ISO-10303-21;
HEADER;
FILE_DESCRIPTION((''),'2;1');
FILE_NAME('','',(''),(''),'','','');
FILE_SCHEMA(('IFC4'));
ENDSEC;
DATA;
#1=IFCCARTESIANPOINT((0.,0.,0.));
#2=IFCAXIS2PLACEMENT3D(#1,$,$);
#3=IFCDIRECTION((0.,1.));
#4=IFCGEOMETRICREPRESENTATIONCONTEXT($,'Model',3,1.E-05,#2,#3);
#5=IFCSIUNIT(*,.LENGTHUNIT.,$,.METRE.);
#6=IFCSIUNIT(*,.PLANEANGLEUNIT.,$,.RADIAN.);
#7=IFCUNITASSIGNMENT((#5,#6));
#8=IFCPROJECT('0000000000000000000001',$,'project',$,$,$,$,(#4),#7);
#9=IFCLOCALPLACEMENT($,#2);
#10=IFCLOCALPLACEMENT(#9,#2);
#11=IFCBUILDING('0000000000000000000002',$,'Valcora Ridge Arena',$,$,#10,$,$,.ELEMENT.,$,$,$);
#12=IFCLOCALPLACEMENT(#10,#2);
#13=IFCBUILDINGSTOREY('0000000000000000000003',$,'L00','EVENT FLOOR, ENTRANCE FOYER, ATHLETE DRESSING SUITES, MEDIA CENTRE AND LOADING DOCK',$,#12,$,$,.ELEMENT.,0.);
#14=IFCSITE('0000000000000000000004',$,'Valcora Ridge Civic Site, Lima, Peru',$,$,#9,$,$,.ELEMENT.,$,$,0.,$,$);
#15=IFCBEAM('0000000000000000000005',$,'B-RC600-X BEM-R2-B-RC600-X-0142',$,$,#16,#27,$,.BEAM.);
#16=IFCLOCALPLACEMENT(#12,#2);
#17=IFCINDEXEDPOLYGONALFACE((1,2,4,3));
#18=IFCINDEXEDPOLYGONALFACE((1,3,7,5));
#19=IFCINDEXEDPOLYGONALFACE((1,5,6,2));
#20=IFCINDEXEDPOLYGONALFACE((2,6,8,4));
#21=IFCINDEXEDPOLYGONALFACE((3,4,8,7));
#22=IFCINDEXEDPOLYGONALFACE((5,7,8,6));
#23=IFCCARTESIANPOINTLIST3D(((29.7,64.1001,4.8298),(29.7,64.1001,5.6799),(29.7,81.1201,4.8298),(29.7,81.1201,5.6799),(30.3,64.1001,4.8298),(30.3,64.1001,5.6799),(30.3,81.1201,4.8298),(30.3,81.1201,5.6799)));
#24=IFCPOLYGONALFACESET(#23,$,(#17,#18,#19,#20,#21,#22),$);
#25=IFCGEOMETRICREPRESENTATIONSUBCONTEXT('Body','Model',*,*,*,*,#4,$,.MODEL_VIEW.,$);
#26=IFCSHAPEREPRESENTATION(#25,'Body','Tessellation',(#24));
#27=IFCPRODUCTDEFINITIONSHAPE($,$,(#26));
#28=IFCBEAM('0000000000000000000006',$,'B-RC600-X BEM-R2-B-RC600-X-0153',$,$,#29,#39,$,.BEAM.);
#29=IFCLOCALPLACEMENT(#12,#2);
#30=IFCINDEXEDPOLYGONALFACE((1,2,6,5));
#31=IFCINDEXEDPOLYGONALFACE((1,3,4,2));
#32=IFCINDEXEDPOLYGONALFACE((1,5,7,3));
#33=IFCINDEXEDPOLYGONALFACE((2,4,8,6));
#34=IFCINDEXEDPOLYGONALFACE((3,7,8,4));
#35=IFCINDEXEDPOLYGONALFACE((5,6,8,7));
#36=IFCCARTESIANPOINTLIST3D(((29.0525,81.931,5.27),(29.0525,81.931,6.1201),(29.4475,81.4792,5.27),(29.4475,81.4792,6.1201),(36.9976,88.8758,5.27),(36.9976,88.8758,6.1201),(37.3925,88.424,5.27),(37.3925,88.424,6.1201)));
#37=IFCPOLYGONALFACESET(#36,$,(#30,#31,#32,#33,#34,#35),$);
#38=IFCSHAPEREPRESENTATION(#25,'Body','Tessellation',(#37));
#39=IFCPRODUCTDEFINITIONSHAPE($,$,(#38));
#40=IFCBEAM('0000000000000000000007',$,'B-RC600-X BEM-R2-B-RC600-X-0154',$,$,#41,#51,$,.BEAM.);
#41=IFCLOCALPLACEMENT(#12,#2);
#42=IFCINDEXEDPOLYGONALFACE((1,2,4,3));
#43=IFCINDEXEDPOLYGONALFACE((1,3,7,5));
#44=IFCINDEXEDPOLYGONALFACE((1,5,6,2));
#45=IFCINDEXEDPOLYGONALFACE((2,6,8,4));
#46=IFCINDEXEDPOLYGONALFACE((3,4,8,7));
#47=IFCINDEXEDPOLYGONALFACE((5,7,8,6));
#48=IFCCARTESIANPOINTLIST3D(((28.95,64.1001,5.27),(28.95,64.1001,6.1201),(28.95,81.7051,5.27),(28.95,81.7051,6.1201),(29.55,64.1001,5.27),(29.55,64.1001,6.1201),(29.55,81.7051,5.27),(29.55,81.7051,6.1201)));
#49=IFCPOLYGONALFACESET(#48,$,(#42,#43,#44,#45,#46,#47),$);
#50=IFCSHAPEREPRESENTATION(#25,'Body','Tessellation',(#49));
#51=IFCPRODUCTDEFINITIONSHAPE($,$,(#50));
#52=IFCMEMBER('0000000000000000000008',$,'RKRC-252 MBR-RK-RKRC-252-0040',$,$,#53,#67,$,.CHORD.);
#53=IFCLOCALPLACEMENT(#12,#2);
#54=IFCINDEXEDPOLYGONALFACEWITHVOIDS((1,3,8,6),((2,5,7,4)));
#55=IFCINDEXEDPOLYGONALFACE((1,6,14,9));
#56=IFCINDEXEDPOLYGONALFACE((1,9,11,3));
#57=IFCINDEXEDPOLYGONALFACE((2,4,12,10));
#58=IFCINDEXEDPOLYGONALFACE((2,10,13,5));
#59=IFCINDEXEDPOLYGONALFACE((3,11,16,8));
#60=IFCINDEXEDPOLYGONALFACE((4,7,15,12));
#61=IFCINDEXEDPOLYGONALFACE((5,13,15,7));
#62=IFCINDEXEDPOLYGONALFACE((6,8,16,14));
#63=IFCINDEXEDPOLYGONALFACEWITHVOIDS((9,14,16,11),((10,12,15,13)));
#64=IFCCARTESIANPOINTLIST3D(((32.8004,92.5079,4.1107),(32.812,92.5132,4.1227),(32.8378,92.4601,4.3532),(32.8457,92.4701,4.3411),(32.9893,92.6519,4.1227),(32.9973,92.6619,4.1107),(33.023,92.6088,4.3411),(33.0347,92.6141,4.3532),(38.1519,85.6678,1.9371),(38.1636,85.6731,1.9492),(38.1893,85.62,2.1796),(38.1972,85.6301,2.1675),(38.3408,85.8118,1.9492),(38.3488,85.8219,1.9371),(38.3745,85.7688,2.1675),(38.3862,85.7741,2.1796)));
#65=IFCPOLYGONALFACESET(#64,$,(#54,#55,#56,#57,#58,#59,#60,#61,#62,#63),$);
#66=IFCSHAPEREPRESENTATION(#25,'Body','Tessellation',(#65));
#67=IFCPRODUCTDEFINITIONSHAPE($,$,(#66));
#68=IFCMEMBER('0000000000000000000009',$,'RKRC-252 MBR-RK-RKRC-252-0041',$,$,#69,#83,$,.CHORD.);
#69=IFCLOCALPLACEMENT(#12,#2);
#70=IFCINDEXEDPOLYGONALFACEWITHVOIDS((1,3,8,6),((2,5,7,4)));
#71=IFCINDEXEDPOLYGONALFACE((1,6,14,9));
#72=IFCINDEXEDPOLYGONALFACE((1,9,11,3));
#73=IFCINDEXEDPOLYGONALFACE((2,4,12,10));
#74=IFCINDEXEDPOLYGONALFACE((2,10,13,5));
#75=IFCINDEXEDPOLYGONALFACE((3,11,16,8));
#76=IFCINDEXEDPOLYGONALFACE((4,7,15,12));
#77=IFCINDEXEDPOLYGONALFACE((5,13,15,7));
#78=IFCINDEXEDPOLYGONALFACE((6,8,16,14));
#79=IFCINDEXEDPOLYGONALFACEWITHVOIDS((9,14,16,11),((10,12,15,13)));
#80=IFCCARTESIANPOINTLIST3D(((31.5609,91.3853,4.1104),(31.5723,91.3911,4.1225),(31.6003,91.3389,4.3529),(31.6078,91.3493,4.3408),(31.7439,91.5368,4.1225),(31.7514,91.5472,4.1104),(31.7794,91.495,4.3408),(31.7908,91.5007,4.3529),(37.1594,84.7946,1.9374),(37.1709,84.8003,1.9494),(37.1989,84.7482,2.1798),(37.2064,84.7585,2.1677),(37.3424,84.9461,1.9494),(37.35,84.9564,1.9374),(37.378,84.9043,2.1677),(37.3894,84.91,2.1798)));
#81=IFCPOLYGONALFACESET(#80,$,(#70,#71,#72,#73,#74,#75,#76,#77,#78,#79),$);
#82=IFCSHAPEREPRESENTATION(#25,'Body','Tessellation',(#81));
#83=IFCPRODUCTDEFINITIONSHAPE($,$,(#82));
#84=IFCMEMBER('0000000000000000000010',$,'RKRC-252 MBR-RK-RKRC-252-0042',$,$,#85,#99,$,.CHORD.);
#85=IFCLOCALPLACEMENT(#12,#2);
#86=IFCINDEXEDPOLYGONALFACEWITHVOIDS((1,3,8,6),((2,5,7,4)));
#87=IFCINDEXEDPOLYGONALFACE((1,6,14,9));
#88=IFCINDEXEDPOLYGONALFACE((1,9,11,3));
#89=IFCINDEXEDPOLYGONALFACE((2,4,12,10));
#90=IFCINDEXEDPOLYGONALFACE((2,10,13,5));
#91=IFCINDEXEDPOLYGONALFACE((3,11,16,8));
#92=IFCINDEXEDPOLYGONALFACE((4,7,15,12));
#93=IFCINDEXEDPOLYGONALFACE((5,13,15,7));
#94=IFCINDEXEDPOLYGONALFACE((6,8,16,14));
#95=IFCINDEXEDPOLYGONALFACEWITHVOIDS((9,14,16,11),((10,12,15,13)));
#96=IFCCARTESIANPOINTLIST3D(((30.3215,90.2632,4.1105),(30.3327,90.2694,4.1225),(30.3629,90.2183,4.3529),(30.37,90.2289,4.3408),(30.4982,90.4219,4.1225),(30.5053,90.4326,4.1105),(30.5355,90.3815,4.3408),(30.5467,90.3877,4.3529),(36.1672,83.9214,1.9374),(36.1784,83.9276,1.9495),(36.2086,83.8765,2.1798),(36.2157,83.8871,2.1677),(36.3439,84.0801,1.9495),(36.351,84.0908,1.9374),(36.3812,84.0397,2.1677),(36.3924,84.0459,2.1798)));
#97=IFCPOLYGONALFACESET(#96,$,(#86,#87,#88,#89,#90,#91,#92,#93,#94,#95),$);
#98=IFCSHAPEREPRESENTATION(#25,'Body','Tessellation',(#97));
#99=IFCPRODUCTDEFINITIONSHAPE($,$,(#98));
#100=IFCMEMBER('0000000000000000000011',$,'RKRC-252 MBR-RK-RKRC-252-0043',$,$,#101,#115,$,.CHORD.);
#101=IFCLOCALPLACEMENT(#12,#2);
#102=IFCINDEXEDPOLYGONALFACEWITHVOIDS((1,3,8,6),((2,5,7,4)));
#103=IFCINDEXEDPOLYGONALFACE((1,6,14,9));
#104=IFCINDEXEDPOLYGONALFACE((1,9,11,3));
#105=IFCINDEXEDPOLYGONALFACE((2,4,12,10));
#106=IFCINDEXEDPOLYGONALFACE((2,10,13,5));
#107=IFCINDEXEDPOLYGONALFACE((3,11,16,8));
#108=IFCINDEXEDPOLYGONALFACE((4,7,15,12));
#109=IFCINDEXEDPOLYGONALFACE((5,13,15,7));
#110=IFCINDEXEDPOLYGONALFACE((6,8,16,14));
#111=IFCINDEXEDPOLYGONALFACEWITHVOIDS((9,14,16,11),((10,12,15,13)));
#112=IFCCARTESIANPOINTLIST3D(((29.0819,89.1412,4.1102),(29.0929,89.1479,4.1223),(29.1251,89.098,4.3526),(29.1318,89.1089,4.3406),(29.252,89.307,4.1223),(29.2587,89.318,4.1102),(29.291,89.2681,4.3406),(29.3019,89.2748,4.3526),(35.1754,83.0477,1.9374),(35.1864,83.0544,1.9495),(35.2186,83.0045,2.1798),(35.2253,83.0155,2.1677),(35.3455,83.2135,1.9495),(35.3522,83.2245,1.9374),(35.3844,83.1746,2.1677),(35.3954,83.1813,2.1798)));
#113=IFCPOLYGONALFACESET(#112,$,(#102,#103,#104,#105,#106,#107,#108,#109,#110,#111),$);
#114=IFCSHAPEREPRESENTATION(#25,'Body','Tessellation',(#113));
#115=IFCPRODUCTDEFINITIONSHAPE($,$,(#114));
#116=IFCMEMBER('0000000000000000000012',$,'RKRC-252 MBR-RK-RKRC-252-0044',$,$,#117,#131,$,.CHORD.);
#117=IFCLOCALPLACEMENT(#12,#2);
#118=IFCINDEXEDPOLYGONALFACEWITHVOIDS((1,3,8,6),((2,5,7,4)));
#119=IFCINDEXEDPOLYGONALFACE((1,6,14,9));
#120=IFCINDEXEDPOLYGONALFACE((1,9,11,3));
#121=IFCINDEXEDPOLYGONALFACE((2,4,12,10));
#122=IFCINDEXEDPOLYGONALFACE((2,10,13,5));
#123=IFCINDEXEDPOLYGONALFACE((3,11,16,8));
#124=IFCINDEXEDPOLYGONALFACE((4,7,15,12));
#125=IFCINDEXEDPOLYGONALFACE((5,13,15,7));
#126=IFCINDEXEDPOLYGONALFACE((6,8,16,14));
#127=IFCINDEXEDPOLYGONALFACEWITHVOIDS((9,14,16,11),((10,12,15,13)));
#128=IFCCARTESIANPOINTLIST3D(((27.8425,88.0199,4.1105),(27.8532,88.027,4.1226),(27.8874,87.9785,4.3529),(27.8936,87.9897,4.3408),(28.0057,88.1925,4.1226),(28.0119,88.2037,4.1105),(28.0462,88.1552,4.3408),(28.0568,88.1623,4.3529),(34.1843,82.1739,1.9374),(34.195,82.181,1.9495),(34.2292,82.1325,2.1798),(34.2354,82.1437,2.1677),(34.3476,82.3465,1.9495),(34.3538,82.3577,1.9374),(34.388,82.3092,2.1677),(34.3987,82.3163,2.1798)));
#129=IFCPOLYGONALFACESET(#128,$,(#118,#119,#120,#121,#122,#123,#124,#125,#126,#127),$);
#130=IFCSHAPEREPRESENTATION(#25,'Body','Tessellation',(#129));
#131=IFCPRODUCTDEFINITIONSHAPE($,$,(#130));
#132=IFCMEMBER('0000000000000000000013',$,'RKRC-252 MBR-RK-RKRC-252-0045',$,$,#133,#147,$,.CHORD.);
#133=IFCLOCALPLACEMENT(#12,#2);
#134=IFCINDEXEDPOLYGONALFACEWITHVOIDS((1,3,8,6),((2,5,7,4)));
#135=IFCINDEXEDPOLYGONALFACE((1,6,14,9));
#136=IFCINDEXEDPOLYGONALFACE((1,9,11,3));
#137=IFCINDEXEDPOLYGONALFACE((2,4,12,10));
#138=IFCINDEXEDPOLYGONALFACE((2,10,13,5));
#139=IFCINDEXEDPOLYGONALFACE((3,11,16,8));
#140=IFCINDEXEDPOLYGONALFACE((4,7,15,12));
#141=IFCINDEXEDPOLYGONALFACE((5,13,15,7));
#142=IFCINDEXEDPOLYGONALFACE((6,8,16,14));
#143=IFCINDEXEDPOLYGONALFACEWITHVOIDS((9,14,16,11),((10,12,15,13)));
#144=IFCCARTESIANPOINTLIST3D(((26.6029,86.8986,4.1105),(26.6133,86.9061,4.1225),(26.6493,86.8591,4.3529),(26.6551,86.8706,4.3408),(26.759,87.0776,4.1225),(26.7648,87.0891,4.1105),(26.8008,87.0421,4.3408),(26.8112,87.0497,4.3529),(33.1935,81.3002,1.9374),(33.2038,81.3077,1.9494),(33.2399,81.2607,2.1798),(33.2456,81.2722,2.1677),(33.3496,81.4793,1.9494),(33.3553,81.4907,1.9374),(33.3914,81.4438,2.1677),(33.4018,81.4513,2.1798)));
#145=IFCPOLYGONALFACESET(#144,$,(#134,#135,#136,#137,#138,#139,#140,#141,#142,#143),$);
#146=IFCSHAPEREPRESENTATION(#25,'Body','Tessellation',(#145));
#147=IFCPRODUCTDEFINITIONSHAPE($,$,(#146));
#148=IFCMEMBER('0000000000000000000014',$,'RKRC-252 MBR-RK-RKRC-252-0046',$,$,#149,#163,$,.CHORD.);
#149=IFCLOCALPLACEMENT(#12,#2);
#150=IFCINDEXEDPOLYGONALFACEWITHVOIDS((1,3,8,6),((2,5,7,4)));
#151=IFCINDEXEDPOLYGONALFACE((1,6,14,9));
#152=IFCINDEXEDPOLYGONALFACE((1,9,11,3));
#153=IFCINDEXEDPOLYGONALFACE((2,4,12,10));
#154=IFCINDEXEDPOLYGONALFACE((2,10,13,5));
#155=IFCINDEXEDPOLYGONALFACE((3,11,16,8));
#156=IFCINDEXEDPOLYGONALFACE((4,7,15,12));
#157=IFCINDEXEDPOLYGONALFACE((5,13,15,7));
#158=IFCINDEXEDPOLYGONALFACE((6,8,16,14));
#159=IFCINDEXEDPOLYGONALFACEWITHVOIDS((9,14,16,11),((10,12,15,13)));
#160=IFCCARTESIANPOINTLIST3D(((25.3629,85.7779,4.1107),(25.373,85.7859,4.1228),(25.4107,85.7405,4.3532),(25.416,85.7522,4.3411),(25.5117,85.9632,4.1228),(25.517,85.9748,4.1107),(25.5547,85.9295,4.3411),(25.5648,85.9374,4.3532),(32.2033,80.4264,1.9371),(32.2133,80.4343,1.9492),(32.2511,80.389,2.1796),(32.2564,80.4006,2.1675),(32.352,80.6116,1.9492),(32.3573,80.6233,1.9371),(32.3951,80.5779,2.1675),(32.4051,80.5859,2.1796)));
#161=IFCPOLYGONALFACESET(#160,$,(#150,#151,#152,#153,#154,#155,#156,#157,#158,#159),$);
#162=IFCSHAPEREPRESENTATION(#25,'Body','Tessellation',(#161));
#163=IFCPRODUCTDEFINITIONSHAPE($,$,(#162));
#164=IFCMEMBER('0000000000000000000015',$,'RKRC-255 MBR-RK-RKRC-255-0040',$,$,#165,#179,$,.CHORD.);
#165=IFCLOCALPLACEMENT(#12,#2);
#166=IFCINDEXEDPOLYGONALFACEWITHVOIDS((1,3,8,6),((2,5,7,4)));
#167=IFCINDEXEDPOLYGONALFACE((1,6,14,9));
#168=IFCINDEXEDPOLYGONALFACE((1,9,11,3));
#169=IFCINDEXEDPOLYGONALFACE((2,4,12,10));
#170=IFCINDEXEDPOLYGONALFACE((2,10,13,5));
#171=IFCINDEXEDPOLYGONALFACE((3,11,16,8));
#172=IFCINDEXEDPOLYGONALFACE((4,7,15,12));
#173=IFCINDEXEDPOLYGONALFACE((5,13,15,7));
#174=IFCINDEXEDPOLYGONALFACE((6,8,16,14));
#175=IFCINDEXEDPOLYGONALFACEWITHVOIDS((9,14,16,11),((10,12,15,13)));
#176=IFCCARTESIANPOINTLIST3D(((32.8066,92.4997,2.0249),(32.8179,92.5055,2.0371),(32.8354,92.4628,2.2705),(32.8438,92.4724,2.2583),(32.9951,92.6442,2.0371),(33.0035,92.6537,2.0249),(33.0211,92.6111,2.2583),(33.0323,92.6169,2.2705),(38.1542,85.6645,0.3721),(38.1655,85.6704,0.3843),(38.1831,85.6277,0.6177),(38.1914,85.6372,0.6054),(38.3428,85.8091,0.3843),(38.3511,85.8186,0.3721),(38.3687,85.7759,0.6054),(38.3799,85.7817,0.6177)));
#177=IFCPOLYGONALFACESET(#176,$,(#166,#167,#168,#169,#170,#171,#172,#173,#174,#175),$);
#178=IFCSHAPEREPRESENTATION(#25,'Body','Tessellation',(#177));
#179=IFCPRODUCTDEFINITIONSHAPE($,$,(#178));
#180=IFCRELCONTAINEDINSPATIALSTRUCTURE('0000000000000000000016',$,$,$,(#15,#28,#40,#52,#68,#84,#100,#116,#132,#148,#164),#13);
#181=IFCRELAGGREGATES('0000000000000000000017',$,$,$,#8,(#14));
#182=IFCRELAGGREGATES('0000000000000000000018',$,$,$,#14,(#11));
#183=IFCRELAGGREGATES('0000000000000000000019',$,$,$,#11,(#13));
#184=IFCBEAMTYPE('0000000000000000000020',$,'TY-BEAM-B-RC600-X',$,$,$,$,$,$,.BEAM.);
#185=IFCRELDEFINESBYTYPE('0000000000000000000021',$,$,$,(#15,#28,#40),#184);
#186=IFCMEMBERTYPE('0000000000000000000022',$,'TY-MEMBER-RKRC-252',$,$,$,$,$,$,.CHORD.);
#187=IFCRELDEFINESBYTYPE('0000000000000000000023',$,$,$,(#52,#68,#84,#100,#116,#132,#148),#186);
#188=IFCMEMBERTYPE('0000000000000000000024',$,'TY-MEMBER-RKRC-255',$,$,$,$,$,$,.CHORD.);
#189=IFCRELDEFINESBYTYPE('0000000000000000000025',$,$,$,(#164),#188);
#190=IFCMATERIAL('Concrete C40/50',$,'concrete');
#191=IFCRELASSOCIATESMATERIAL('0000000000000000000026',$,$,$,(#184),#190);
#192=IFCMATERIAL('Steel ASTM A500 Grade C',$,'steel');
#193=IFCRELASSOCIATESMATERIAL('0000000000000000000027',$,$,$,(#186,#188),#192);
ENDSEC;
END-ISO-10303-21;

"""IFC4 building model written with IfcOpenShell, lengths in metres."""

from ifc_helpers import new_model, si_unit, direction, frame, origin, origin_2d, place, context, subcontext, project, spatial, rectangle, hollow_rectangle, extrude, material, material_profile, profile_set, type_object, element, save


model = new_model("IFC4")

# Units and contexts
model_context = context("Model", 3, precision=1e-05, world=origin(), true_north=direction((0.0, 1.0)))
body_context = subcontext(model_context, "Body", "Model", "MODEL_VIEW")
ifc_project = project(units=[si_unit("LENGTHUNIT", "METRE"), si_unit("PLANEANGLEUNIT", "RADIAN")], contexts=[model_context])

# Site, building, storey
site_placement = place(None, origin())
site = spatial("IfcSite", under=ifc_project, at=site_placement, Name="Valcora Ridge Civic Site, Lima, Peru", CompositionType="ELEMENT", RefElevation=0.0)
building_placement = place(site_placement, origin())
building = spatial("IfcBuilding", under=site, at=building_placement, Name="Valcora Ridge Arena", CompositionType="ELEMENT")
storey_placement = place(building_placement, origin())
storey = spatial("IfcBuildingStorey", under=building, at=storey_placement, Name="L00", Description="EVENT FLOOR, ENTRANCE FOYER, ATHLETE DRESSING SUITES, MEDIA CENTRE AND LOADING DOCK", CompositionType="ELEMENT", Elevation=0.0)

# Shared definitions
ifc_material_1 = material(Name="Concrete C40/50", Category="concrete")

# Beams
ifc_material_profile_1 = material_profile(ifc_material_1, rectangle(XDim=0.6001, YDim=0.8501, at=origin_2d()), Name="RC 600x850")
ifc_profile_set_1 = profile_set([ifc_material_profile_1], Name="Concrete C40/50")
beam_type = type_object("IfcBeamType", Name="TY-BEAM-B-RC600-X", PredefinedType="BEAM", material=ifc_profile_set_1)
beam_1_placement = place(storey_placement, frame((30.0, 81.1201, 5.2549), z_axis=(0.0, -1.0, 0.0), x_axis=(1.0, 0.0, 0.0)))
element("IfcBeam", 1, at=beam_1_placement, inside=storey, type_object=beam_type, Name="B-RC600-X BEM-R2-B-RC600-X-0142", PredefinedType="BEAM", context=body_context, shape_type="SweptSolid", body=[
    extrude(rectangle(XDim=0.6001, YDim=0.8501, at=origin_2d()), origin(), (0.0, 0.0, 1.0), 17.02),
])
beam_2_placement = place(storey_placement, frame((37.1951, 88.6499, 5.6951), z_axis=(-0.752911, -0.658123, 0.0), x_axis=(0.658123, -0.752911, 0.0)))
element("IfcBeam", 2, at=beam_2_placement, inside=storey, type_object=beam_type, Name="B-RC600-X BEM-R2-B-RC600-X-0153", PredefinedType="BEAM", context=body_context, shape_type="SweptSolid", body=[
    extrude(rectangle(XDim=0.6001, YDim=0.8501, at=origin_2d()), origin(), (0.0, 0.0, 1.0), 10.5525),
])
beam_3_placement = place(storey_placement, frame((29.25, 81.7051, 5.6951), z_axis=(0.0, -1.0, 0.0), x_axis=(1.0, 0.0, 0.0)))
element("IfcBeam", 3, at=beam_3_placement, inside=storey, type_object=beam_type, Name="B-RC600-X BEM-R2-B-RC600-X-0154", PredefinedType="BEAM", context=body_context, shape_type="SweptSolid", body=[
    extrude(rectangle(XDim=0.6001, YDim=0.8501, at=origin_2d()), origin(), (0.0, 0.0, 1.0), 17.605),
])

# Members
ifc_material_2 = material(Name="Steel ASTM A500 Grade C", Category="steel")
ifc_material_profile_2 = material_profile(ifc_material_2, hollow_rectangle(XDim=0.25, YDim=0.25, WallThickness=0.0125, at=origin_2d()), Name="HSS250X250X12")
ifc_profile_set_2 = profile_set([ifc_material_profile_2], Name="Steel ASTM A500 Grade C")
member_type_1 = type_object("IfcMemberType", Name="TY-MEMBER-RKRC-252", PredefinedType="CHORD", material=ifc_profile_set_2)
member_1_placement = place(storey_placement, frame((38.269, 85.7209, 2.0583), z_axis=(-0.597761, 0.764027, 0.242786), x_axis=(-0.787592, -0.616198, 0.0)))
element("IfcMember", 4, at=member_1_placement, inside=storey, type_object=member_type_1, Name="RKRC-252 MBR-RK-RKRC-252-0040", PredefinedType="CHORD", context=body_context, shape_type="SweptSolid", body=[
    extrude(hollow_rectangle(XDim=0.25, YDim=0.25, WallThickness=0.0125, at=origin_2d()), origin(), (0.0, 0.0, 1.0), 8.9526),
])
member_2_placement = place(storey_placement, frame((37.2744, 84.8523, 2.0586), z_axis=(-0.627888, 0.739162, 0.243713), x_axis=(-0.762143, -0.647409, 0.0)))
element("IfcMember", 5, at=member_2_placement, inside=storey, type_object=member_type_1, Name="RKRC-252 MBR-RK-RKRC-252-0041", PredefinedType="CHORD", context=body_context, shape_type="SweptSolid", body=[
    extrude(hollow_rectangle(XDim=0.25, YDim=0.25, WallThickness=0.0125, at=origin_2d()), origin(), (0.0, 0.0, 1.0), 8.9165),
])
member_3_placement = place(storey_placement, frame((36.2798, 83.9836, 2.0586), z_axis=(-0.657223, 0.712998, 0.244318), x_axis=(-0.735281, -0.677763, 0.0)))
element("IfcMember", 6, at=member_3_placement, inside=storey, type_object=member_type_1, Name="RKRC-252 MBR-RK-RKRC-252-0042", PredefinedType="CHORD", context=body_context, shape_type="SweptSolid", body=[
    extrude(hollow_rectangle(XDim=0.25, YDim=0.25, WallThickness=0.0125, at=origin_2d()), origin(), (0.0, 0.0, 1.0), 8.8945),
])
member_4_placement = place(storey_placement, frame((35.2854, 83.1145, 2.0586), z_axis=(-0.685647, 0.685647, 0.244491), x_axis=(-0.707107, -0.707107, 0.0)))
element("IfcMember", 7, at=member_4_placement, inside=storey, type_object=member_type_1, Name="RKRC-252 MBR-RK-RKRC-252-0043", PredefinedType="CHORD", context=body_context, shape_type="SweptSolid", body=[
    extrude(hollow_rectangle(XDim=0.25, YDim=0.25, WallThickness=0.0125, at=origin_2d()), origin(), (0.0, 0.0, 1.0), 8.8872),
])
member_5_placement = place(storey_placement, frame((34.2915, 82.2451, 2.0586), z_axis=(-0.712985, 0.657239, 0.244313), x_axis=(-0.677778, -0.735267, 0.0)))
element("IfcMember", 8, at=member_5_placement, inside=storey, type_object=member_type_1, Name="RKRC-252 MBR-RK-RKRC-252-0044", PredefinedType="CHORD", context=body_context, shape_type="SweptSolid", body=[
    extrude(hollow_rectangle(XDim=0.25, YDim=0.25, WallThickness=0.0125, at=origin_2d()), origin(), (0.0, 0.0, 1.0), 8.8948),
])
member_6_placement = place(storey_placement, frame((33.2976, 81.3757, 2.0586), z_axis=(-0.739162, 0.627884, 0.243722), x_axis=(-0.647407, -0.762145, 0.0)))
element("IfcMember", 9, at=member_6_placement, inside=storey, type_object=member_type_1, Name="RKRC-252 MBR-RK-RKRC-252-0045", PredefinedType="CHORD", context=body_context, shape_type="SweptSolid", body=[
    extrude(hollow_rectangle(XDim=0.25, YDim=0.25, WallThickness=0.0125, at=origin_2d()), origin(), (0.0, 0.0, 1.0), 8.9163),
])
member_7_placement = place(storey_placement, frame((32.3042, 80.5061, 2.0583), z_axis=(-0.764038, 0.597748, 0.242781), x_axis=(-0.616184, -0.787602, 0.0)))
element("IfcMember", 10, at=member_7_placement, inside=storey, type_object=member_type_1, Name="RKRC-252 MBR-RK-RKRC-252-0046", PredefinedType="CHORD", context=body_context, shape_type="SweptSolid", body=[
    extrude(hollow_rectangle(XDim=0.25, YDim=0.25, WallThickness=0.0125, at=origin_2d()), origin(), (0.0, 0.0, 1.0), 8.9529),
])
ifc_material_profile_3 = material_profile(ifc_material_2, hollow_rectangle(XDim=0.25, YDim=0.25, WallThickness=0.0125, at=origin_2d()), Name="HSS250X250X12")
ifc_profile_set_3 = profile_set([ifc_material_profile_3], Name="Steel ASTM A500 Grade C")
member_type_2 = type_object("IfcMemberType", Name="TY-MEMBER-RKRC-255", PredefinedType="CHORD", material=ifc_profile_set_3)
member_8_placement = place(storey_placement, frame((38.2671, 85.7231, 0.4949), z_axis=(-0.605312, 0.77369, 0.187087), x_axis=(-0.787596, -0.616191, 0.0)))
element("IfcMember", 11, at=member_8_placement, inside=storey, type_object=member_type_2, Name="RKRC-255 MBR-RK-RKRC-255-0040", PredefinedType="CHORD", context=body_context, shape_type="SweptSolid", body=[
    extrude(hollow_rectangle(XDim=0.25, YDim=0.25, WallThickness=0.0125, at=origin_2d()), origin(), (0.0, 0.0, 1.0), 8.8345),
])

save(model, "model.ifc")
